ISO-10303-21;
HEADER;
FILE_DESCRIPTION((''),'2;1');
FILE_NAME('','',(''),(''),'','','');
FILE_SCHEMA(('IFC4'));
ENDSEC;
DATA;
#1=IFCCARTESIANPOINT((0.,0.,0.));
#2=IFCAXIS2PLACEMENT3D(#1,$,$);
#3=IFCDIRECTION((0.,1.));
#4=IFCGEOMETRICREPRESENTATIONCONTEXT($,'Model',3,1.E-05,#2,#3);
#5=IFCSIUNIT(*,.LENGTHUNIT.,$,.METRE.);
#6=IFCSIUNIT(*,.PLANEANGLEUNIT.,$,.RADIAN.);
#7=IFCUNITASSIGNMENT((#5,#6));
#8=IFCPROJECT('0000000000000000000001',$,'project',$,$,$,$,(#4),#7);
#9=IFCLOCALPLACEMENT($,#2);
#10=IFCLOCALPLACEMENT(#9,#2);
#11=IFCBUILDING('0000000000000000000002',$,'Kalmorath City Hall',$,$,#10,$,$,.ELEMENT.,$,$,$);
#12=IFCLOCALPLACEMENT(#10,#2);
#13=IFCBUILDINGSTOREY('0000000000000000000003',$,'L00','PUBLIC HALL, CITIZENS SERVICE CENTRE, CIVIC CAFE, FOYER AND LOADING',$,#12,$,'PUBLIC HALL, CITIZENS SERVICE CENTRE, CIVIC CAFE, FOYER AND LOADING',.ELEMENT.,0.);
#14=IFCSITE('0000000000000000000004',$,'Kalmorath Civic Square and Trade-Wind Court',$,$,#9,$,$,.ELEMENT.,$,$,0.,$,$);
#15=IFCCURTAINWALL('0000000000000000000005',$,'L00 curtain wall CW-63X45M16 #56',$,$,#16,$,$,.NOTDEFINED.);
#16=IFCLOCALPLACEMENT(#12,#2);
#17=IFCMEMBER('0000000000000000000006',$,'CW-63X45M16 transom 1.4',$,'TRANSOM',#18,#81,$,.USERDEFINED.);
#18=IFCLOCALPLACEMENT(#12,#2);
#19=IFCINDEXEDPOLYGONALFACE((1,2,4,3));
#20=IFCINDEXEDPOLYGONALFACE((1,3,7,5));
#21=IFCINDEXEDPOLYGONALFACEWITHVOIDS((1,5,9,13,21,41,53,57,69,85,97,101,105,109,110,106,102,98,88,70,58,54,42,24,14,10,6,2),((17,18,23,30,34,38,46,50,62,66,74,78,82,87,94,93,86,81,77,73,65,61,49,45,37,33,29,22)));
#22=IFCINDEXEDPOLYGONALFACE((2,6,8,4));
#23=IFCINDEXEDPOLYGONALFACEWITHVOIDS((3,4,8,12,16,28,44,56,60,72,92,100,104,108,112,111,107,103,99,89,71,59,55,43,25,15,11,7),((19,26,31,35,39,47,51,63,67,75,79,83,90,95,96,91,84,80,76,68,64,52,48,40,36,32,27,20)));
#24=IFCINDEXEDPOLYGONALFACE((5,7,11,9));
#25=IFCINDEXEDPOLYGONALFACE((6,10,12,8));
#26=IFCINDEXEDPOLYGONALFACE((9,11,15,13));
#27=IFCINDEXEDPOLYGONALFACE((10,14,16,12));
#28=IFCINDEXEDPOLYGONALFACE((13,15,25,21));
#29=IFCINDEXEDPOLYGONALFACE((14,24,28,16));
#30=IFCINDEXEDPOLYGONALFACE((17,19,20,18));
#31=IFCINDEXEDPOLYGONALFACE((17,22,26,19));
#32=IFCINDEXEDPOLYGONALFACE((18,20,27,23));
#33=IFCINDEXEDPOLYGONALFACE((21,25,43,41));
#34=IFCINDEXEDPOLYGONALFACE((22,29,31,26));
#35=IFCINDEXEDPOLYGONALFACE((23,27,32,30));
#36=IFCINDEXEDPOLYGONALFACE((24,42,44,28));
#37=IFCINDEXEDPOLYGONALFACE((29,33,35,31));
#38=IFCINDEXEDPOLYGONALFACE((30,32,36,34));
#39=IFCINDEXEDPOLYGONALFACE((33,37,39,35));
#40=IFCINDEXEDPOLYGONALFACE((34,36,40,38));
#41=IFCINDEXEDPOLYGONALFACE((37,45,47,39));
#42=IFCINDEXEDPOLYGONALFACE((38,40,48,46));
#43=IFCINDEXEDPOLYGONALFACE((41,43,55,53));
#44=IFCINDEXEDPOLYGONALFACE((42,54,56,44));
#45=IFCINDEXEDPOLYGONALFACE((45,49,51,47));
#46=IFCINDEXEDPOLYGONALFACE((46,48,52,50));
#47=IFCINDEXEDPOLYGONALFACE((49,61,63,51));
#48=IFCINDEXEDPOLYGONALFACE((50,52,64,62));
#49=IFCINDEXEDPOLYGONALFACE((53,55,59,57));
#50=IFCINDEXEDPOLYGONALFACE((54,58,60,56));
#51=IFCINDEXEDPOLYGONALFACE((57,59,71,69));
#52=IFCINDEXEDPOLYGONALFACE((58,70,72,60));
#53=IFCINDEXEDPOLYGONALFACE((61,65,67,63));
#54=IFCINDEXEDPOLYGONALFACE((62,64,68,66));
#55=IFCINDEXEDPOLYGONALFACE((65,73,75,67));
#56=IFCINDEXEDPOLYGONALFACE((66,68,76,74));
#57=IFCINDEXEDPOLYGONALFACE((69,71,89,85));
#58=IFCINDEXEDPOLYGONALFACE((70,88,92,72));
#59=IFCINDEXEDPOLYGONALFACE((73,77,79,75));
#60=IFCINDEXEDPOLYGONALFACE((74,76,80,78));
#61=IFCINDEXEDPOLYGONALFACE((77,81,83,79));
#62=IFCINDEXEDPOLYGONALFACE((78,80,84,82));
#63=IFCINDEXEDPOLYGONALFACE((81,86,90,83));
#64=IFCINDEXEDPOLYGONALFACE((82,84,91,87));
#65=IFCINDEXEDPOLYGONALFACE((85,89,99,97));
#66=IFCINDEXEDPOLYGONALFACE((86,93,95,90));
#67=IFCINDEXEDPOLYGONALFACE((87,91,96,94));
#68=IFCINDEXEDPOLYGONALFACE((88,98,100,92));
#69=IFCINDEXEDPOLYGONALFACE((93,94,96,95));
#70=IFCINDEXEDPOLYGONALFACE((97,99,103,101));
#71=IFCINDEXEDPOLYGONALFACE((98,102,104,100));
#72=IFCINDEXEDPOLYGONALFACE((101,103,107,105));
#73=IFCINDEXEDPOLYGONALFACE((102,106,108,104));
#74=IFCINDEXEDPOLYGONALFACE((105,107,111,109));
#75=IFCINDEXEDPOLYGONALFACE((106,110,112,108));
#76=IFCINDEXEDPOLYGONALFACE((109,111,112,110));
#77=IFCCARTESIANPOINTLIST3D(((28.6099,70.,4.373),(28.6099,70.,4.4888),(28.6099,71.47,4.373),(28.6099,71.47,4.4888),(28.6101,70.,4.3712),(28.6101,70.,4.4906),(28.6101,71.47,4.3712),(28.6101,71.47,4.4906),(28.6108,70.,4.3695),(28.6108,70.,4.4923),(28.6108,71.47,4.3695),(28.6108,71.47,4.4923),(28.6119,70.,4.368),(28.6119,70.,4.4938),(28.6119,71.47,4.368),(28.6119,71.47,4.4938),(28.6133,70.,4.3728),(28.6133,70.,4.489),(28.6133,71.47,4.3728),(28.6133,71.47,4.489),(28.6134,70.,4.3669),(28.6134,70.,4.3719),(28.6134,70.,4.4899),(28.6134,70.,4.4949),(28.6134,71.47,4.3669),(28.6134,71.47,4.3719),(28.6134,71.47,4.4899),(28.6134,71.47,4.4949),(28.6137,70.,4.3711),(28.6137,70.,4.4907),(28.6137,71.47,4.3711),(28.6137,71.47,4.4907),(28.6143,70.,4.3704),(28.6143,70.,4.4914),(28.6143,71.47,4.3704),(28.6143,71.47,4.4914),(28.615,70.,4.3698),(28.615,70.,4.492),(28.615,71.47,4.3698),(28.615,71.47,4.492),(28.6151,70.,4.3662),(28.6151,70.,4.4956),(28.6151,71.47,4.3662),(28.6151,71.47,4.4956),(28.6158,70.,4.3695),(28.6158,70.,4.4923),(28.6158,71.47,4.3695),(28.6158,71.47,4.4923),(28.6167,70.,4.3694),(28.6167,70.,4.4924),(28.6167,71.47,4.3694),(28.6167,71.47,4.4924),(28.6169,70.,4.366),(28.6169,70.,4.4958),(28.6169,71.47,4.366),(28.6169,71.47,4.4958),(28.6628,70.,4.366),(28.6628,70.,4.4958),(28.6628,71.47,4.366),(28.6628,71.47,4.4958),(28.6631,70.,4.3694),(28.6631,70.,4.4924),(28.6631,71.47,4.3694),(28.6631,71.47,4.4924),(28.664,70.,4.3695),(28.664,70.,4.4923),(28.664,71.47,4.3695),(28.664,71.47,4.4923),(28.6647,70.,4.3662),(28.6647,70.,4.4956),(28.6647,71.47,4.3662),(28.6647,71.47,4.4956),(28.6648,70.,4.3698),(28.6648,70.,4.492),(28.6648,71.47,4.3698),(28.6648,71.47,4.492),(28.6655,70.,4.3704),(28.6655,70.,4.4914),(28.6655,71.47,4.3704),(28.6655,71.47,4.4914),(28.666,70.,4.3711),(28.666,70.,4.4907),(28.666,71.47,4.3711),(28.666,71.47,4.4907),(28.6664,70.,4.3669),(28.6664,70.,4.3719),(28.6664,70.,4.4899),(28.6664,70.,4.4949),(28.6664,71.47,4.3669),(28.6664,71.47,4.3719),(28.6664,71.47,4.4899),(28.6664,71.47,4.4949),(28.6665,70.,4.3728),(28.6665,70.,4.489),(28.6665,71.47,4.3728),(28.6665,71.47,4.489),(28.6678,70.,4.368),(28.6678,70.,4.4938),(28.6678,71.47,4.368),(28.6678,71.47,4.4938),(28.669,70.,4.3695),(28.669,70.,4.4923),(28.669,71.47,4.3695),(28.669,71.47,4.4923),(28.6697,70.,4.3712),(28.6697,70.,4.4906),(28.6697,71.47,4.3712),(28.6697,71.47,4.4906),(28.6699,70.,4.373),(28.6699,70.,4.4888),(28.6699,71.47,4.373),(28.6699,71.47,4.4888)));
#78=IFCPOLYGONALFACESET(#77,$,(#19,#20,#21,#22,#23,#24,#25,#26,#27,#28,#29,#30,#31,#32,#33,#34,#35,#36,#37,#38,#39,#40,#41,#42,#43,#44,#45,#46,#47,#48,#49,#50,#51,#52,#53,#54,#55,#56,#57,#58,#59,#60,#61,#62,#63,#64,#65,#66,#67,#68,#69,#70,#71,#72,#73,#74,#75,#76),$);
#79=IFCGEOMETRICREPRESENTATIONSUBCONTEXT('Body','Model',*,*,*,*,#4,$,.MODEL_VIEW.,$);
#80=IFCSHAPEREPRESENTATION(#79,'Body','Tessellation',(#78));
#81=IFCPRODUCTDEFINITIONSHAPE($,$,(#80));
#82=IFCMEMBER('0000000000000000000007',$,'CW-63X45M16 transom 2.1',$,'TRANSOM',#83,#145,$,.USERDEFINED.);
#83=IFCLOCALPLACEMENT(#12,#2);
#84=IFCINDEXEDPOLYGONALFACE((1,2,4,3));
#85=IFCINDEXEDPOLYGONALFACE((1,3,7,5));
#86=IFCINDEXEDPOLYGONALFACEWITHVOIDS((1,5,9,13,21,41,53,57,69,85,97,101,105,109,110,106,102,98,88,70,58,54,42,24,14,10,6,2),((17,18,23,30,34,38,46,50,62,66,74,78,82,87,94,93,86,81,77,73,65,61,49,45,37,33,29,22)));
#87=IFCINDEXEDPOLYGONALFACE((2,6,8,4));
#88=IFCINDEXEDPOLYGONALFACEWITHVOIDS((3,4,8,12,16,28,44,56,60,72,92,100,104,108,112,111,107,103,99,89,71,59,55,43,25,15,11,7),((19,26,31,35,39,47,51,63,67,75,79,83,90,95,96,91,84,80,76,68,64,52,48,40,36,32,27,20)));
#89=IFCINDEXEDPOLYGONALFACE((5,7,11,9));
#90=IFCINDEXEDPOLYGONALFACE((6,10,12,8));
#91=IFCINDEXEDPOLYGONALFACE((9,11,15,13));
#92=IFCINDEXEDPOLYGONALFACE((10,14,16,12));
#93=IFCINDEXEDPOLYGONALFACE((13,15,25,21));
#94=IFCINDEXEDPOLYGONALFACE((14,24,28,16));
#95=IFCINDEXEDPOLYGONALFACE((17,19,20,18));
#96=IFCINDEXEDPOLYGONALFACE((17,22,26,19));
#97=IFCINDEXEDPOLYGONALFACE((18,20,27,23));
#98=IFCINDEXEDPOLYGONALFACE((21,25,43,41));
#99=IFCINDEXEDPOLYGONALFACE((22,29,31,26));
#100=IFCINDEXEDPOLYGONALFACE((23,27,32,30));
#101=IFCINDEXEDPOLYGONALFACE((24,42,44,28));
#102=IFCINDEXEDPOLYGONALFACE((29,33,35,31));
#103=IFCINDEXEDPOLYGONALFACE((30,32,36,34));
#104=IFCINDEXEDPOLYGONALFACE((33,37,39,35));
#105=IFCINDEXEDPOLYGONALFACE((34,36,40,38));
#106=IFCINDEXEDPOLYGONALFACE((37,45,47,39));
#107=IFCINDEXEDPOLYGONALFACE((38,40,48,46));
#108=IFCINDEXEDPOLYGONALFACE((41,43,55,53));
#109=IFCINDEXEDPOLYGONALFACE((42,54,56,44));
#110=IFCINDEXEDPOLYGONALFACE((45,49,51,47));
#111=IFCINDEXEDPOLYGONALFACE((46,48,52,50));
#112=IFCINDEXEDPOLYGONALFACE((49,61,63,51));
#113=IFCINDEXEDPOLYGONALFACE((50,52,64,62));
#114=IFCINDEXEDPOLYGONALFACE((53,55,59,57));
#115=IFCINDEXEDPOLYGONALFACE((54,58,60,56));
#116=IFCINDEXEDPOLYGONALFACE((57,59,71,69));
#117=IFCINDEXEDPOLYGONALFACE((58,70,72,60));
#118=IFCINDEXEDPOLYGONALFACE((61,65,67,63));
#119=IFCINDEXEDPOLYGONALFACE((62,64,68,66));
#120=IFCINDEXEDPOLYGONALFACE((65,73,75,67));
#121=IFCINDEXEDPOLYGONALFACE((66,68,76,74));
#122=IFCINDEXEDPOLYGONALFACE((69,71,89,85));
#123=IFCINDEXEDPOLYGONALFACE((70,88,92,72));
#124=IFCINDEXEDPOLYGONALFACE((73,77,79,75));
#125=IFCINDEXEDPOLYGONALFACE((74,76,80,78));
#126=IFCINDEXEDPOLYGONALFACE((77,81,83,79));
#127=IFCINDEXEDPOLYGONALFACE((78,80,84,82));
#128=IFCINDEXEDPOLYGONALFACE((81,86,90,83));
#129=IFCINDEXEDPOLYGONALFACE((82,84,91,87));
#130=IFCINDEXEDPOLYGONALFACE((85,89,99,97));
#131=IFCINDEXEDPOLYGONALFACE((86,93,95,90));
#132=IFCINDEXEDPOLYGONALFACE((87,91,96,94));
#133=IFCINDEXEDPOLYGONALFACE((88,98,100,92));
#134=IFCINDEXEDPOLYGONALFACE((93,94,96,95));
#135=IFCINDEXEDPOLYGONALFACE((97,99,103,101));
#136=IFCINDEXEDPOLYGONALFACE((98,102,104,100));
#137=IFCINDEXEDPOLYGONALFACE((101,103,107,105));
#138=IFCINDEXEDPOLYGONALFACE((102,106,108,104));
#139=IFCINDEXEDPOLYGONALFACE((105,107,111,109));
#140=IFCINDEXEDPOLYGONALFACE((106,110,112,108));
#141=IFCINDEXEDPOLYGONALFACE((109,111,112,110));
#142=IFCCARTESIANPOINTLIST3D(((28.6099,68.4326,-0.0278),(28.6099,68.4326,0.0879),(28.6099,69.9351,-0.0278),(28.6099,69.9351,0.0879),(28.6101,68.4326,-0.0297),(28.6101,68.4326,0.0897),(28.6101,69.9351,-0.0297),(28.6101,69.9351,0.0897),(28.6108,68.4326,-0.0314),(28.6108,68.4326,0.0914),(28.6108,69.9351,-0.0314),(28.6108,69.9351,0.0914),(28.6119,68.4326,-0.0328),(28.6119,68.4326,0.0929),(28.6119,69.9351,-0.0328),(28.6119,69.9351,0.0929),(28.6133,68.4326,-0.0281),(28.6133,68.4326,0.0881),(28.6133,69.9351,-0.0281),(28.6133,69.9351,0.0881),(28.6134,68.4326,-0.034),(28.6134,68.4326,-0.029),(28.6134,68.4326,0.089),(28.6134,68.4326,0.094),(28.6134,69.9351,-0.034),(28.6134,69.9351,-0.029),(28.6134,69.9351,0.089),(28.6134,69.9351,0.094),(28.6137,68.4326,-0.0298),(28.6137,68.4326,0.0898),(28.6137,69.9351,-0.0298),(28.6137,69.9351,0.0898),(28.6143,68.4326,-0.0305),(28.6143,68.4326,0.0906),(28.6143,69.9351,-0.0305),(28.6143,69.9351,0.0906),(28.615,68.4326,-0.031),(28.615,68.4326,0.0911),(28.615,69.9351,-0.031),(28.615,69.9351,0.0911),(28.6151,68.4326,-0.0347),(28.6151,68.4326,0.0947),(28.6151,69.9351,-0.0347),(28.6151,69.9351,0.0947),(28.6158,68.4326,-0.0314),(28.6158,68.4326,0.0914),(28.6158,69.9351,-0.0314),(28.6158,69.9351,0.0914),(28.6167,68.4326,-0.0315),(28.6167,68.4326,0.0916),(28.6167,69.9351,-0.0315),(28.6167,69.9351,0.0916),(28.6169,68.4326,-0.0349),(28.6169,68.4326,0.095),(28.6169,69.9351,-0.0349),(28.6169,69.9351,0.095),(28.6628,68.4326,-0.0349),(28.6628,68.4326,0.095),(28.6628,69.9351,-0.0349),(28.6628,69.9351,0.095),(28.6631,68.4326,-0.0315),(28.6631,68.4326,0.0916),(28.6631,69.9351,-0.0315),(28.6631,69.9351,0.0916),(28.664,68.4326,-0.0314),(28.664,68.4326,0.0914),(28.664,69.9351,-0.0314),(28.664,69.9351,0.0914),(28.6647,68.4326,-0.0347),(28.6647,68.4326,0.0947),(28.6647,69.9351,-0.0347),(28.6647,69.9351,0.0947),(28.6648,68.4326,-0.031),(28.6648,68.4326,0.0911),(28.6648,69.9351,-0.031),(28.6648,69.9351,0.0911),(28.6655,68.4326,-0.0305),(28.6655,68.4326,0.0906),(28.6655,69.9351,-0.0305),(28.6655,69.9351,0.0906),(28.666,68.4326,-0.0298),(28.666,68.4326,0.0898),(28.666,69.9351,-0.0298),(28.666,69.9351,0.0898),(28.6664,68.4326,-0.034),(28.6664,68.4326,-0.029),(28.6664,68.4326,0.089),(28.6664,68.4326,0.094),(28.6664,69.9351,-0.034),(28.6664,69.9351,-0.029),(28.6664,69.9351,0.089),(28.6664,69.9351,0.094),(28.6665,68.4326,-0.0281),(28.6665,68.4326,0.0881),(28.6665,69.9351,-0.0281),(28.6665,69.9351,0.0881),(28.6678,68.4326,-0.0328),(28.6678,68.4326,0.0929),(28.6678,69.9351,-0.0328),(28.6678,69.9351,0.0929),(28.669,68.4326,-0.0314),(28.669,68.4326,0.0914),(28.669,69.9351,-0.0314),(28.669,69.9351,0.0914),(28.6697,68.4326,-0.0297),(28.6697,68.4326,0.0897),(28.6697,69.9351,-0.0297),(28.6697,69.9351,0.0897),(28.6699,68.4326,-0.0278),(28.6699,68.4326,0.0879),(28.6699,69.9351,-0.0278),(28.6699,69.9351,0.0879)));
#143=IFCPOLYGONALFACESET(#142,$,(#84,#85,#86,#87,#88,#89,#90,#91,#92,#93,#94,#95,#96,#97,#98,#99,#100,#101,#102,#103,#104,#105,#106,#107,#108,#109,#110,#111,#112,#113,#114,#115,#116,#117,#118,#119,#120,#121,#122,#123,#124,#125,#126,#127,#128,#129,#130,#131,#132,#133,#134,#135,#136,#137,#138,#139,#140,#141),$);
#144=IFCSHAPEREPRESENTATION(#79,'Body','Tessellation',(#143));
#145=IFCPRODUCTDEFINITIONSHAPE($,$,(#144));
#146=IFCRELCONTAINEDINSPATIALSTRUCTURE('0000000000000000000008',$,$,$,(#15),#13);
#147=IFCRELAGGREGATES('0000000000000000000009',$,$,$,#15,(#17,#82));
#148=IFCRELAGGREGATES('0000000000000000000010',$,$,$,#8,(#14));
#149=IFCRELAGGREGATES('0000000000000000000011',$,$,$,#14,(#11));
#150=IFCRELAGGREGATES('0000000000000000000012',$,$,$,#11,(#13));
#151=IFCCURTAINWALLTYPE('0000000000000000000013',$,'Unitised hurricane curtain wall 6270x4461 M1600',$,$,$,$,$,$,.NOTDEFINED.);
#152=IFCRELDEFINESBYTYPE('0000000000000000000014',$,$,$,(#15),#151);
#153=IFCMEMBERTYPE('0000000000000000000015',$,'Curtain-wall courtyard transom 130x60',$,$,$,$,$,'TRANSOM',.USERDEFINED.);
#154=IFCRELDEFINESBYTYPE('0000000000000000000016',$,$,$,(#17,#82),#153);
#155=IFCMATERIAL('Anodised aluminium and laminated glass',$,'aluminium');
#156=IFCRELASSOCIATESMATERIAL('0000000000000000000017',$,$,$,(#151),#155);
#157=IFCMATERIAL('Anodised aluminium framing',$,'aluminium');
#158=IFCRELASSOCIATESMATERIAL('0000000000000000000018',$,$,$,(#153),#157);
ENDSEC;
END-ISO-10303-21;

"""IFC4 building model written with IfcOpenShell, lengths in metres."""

from ifc_helpers import new_model, si_unit, direction, frame, origin, origin_2d, place, context, subcontext, project, spatial, hollow_rectangle, extrude, material, material_profile, profile_set, type_object, element, aggregate, save


model = new_model("IFC4")

# Units and contexts
model_context = context("Model", 3, precision=1e-05, world=origin(), true_north=direction((0.0, 1.0)))
body_context = subcontext(model_context, "Body", "Model", "MODEL_VIEW")
ifc_project = project(units=[si_unit("LENGTHUNIT", "METRE"), si_unit("PLANEANGLEUNIT", "RADIAN")], contexts=[model_context])

# Site, building, storey
site_placement = place(None, origin())
site = spatial("IfcSite", under=ifc_project, at=site_placement, Name="Kalmorath Civic Square and Trade-Wind Court", CompositionType="ELEMENT", RefElevation=0.0)
building_placement = place(site_placement, origin())
building = spatial("IfcBuilding", under=site, at=building_placement, Name="Kalmorath City Hall", CompositionType="ELEMENT")
storey_placement = place(building_placement, origin())
storey = spatial("IfcBuildingStorey", under=building, at=storey_placement, Name="L00", Description="PUBLIC HALL, CITIZENS SERVICE CENTRE, CIVIC CAFE, FOYER AND LOADING", LongName="PUBLIC HALL, CITIZENS SERVICE CENTRE, CIVIC CAFE, FOYER AND LOADING", CompositionType="ELEMENT", Elevation=0.0)

# Curtain wall, members
ifc_material_1 = material(Name="Anodised aluminium and laminated glass", Category="aluminium")
curtain_wall_type = type_object("IfcCurtainWallType", Name="Unitised hurricane curtain wall 6270x4461 M1600", PredefinedType="NOTDEFINED", material=ifc_material_1)
curtain_wall_placement = place(storey_placement, origin())
curtain_wall = element("IfcCurtainWall", 1, at=curtain_wall_placement, inside=storey, type_object=curtain_wall_type, Name="L00 curtain wall CW-63X45M16 #56", PredefinedType="NOTDEFINED")
ifc_material_2 = material(Name="Anodised aluminium framing", Category="aluminium")
ifc_material_profile_1 = material_profile(ifc_material_2, hollow_rectangle(XDim=0.0601, YDim=0.1299, WallThickness=0.0034, InnerFilletRadius=0.0034, OuterFilletRadius=0.0071, at=origin_2d()), Name="ALU-TRN-130X60X3.5")
ifc_profile_set_1 = profile_set([ifc_material_profile_1], Name="Anodised aluminium framing")
member_type_1 = type_object("IfcMemberType", Name="Curtain-wall courtyard transom 130x60", ElementType="TRANSOM", PredefinedType="USERDEFINED", material=ifc_profile_set_1)
member_1_placement = place(storey_placement, frame((28.6399, 71.47, 4.4309), z_axis=(0.0, -1.0, 0.0), x_axis=(1.0, 0.0, 0.0)))
member_1 = element("IfcMember", 2, at=member_1_placement, type_object=member_type_1, Name="CW-63X45M16 transom 1.4", ObjectType="TRANSOM", PredefinedType="USERDEFINED", context=body_context, shape_type="SweptSolid", body=[
    extrude(hollow_rectangle(XDim=0.0601, YDim=0.1299, WallThickness=0.0034, InnerFilletRadius=0.0034, OuterFilletRadius=0.0071, at=origin_2d()), origin(), (0.0, 0.0, 1.0), 1.47),
])
member_2_placement = place(storey_placement, frame((28.6399, 69.9351, 0.03), z_axis=(0.0, -1.0, 0.0), x_axis=(1.0, 0.0, 0.0)))
member_2 = element("IfcMember", 3, at=member_2_placement, type_object=member_type_1, Name="CW-63X45M16 transom 2.1", ObjectType="TRANSOM", PredefinedType="USERDEFINED", context=body_context, shape_type="SweptSolid", body=[
    extrude(hollow_rectangle(XDim=0.0601, YDim=0.1299, WallThickness=0.0034, InnerFilletRadius=0.0034, OuterFilletRadius=0.0071, at=origin_2d()), origin(), (0.0, 0.0, 1.0), 1.5024),
])

aggregate(curtain_wall, [member_1, member_2])

save(model, "model.ifc")
